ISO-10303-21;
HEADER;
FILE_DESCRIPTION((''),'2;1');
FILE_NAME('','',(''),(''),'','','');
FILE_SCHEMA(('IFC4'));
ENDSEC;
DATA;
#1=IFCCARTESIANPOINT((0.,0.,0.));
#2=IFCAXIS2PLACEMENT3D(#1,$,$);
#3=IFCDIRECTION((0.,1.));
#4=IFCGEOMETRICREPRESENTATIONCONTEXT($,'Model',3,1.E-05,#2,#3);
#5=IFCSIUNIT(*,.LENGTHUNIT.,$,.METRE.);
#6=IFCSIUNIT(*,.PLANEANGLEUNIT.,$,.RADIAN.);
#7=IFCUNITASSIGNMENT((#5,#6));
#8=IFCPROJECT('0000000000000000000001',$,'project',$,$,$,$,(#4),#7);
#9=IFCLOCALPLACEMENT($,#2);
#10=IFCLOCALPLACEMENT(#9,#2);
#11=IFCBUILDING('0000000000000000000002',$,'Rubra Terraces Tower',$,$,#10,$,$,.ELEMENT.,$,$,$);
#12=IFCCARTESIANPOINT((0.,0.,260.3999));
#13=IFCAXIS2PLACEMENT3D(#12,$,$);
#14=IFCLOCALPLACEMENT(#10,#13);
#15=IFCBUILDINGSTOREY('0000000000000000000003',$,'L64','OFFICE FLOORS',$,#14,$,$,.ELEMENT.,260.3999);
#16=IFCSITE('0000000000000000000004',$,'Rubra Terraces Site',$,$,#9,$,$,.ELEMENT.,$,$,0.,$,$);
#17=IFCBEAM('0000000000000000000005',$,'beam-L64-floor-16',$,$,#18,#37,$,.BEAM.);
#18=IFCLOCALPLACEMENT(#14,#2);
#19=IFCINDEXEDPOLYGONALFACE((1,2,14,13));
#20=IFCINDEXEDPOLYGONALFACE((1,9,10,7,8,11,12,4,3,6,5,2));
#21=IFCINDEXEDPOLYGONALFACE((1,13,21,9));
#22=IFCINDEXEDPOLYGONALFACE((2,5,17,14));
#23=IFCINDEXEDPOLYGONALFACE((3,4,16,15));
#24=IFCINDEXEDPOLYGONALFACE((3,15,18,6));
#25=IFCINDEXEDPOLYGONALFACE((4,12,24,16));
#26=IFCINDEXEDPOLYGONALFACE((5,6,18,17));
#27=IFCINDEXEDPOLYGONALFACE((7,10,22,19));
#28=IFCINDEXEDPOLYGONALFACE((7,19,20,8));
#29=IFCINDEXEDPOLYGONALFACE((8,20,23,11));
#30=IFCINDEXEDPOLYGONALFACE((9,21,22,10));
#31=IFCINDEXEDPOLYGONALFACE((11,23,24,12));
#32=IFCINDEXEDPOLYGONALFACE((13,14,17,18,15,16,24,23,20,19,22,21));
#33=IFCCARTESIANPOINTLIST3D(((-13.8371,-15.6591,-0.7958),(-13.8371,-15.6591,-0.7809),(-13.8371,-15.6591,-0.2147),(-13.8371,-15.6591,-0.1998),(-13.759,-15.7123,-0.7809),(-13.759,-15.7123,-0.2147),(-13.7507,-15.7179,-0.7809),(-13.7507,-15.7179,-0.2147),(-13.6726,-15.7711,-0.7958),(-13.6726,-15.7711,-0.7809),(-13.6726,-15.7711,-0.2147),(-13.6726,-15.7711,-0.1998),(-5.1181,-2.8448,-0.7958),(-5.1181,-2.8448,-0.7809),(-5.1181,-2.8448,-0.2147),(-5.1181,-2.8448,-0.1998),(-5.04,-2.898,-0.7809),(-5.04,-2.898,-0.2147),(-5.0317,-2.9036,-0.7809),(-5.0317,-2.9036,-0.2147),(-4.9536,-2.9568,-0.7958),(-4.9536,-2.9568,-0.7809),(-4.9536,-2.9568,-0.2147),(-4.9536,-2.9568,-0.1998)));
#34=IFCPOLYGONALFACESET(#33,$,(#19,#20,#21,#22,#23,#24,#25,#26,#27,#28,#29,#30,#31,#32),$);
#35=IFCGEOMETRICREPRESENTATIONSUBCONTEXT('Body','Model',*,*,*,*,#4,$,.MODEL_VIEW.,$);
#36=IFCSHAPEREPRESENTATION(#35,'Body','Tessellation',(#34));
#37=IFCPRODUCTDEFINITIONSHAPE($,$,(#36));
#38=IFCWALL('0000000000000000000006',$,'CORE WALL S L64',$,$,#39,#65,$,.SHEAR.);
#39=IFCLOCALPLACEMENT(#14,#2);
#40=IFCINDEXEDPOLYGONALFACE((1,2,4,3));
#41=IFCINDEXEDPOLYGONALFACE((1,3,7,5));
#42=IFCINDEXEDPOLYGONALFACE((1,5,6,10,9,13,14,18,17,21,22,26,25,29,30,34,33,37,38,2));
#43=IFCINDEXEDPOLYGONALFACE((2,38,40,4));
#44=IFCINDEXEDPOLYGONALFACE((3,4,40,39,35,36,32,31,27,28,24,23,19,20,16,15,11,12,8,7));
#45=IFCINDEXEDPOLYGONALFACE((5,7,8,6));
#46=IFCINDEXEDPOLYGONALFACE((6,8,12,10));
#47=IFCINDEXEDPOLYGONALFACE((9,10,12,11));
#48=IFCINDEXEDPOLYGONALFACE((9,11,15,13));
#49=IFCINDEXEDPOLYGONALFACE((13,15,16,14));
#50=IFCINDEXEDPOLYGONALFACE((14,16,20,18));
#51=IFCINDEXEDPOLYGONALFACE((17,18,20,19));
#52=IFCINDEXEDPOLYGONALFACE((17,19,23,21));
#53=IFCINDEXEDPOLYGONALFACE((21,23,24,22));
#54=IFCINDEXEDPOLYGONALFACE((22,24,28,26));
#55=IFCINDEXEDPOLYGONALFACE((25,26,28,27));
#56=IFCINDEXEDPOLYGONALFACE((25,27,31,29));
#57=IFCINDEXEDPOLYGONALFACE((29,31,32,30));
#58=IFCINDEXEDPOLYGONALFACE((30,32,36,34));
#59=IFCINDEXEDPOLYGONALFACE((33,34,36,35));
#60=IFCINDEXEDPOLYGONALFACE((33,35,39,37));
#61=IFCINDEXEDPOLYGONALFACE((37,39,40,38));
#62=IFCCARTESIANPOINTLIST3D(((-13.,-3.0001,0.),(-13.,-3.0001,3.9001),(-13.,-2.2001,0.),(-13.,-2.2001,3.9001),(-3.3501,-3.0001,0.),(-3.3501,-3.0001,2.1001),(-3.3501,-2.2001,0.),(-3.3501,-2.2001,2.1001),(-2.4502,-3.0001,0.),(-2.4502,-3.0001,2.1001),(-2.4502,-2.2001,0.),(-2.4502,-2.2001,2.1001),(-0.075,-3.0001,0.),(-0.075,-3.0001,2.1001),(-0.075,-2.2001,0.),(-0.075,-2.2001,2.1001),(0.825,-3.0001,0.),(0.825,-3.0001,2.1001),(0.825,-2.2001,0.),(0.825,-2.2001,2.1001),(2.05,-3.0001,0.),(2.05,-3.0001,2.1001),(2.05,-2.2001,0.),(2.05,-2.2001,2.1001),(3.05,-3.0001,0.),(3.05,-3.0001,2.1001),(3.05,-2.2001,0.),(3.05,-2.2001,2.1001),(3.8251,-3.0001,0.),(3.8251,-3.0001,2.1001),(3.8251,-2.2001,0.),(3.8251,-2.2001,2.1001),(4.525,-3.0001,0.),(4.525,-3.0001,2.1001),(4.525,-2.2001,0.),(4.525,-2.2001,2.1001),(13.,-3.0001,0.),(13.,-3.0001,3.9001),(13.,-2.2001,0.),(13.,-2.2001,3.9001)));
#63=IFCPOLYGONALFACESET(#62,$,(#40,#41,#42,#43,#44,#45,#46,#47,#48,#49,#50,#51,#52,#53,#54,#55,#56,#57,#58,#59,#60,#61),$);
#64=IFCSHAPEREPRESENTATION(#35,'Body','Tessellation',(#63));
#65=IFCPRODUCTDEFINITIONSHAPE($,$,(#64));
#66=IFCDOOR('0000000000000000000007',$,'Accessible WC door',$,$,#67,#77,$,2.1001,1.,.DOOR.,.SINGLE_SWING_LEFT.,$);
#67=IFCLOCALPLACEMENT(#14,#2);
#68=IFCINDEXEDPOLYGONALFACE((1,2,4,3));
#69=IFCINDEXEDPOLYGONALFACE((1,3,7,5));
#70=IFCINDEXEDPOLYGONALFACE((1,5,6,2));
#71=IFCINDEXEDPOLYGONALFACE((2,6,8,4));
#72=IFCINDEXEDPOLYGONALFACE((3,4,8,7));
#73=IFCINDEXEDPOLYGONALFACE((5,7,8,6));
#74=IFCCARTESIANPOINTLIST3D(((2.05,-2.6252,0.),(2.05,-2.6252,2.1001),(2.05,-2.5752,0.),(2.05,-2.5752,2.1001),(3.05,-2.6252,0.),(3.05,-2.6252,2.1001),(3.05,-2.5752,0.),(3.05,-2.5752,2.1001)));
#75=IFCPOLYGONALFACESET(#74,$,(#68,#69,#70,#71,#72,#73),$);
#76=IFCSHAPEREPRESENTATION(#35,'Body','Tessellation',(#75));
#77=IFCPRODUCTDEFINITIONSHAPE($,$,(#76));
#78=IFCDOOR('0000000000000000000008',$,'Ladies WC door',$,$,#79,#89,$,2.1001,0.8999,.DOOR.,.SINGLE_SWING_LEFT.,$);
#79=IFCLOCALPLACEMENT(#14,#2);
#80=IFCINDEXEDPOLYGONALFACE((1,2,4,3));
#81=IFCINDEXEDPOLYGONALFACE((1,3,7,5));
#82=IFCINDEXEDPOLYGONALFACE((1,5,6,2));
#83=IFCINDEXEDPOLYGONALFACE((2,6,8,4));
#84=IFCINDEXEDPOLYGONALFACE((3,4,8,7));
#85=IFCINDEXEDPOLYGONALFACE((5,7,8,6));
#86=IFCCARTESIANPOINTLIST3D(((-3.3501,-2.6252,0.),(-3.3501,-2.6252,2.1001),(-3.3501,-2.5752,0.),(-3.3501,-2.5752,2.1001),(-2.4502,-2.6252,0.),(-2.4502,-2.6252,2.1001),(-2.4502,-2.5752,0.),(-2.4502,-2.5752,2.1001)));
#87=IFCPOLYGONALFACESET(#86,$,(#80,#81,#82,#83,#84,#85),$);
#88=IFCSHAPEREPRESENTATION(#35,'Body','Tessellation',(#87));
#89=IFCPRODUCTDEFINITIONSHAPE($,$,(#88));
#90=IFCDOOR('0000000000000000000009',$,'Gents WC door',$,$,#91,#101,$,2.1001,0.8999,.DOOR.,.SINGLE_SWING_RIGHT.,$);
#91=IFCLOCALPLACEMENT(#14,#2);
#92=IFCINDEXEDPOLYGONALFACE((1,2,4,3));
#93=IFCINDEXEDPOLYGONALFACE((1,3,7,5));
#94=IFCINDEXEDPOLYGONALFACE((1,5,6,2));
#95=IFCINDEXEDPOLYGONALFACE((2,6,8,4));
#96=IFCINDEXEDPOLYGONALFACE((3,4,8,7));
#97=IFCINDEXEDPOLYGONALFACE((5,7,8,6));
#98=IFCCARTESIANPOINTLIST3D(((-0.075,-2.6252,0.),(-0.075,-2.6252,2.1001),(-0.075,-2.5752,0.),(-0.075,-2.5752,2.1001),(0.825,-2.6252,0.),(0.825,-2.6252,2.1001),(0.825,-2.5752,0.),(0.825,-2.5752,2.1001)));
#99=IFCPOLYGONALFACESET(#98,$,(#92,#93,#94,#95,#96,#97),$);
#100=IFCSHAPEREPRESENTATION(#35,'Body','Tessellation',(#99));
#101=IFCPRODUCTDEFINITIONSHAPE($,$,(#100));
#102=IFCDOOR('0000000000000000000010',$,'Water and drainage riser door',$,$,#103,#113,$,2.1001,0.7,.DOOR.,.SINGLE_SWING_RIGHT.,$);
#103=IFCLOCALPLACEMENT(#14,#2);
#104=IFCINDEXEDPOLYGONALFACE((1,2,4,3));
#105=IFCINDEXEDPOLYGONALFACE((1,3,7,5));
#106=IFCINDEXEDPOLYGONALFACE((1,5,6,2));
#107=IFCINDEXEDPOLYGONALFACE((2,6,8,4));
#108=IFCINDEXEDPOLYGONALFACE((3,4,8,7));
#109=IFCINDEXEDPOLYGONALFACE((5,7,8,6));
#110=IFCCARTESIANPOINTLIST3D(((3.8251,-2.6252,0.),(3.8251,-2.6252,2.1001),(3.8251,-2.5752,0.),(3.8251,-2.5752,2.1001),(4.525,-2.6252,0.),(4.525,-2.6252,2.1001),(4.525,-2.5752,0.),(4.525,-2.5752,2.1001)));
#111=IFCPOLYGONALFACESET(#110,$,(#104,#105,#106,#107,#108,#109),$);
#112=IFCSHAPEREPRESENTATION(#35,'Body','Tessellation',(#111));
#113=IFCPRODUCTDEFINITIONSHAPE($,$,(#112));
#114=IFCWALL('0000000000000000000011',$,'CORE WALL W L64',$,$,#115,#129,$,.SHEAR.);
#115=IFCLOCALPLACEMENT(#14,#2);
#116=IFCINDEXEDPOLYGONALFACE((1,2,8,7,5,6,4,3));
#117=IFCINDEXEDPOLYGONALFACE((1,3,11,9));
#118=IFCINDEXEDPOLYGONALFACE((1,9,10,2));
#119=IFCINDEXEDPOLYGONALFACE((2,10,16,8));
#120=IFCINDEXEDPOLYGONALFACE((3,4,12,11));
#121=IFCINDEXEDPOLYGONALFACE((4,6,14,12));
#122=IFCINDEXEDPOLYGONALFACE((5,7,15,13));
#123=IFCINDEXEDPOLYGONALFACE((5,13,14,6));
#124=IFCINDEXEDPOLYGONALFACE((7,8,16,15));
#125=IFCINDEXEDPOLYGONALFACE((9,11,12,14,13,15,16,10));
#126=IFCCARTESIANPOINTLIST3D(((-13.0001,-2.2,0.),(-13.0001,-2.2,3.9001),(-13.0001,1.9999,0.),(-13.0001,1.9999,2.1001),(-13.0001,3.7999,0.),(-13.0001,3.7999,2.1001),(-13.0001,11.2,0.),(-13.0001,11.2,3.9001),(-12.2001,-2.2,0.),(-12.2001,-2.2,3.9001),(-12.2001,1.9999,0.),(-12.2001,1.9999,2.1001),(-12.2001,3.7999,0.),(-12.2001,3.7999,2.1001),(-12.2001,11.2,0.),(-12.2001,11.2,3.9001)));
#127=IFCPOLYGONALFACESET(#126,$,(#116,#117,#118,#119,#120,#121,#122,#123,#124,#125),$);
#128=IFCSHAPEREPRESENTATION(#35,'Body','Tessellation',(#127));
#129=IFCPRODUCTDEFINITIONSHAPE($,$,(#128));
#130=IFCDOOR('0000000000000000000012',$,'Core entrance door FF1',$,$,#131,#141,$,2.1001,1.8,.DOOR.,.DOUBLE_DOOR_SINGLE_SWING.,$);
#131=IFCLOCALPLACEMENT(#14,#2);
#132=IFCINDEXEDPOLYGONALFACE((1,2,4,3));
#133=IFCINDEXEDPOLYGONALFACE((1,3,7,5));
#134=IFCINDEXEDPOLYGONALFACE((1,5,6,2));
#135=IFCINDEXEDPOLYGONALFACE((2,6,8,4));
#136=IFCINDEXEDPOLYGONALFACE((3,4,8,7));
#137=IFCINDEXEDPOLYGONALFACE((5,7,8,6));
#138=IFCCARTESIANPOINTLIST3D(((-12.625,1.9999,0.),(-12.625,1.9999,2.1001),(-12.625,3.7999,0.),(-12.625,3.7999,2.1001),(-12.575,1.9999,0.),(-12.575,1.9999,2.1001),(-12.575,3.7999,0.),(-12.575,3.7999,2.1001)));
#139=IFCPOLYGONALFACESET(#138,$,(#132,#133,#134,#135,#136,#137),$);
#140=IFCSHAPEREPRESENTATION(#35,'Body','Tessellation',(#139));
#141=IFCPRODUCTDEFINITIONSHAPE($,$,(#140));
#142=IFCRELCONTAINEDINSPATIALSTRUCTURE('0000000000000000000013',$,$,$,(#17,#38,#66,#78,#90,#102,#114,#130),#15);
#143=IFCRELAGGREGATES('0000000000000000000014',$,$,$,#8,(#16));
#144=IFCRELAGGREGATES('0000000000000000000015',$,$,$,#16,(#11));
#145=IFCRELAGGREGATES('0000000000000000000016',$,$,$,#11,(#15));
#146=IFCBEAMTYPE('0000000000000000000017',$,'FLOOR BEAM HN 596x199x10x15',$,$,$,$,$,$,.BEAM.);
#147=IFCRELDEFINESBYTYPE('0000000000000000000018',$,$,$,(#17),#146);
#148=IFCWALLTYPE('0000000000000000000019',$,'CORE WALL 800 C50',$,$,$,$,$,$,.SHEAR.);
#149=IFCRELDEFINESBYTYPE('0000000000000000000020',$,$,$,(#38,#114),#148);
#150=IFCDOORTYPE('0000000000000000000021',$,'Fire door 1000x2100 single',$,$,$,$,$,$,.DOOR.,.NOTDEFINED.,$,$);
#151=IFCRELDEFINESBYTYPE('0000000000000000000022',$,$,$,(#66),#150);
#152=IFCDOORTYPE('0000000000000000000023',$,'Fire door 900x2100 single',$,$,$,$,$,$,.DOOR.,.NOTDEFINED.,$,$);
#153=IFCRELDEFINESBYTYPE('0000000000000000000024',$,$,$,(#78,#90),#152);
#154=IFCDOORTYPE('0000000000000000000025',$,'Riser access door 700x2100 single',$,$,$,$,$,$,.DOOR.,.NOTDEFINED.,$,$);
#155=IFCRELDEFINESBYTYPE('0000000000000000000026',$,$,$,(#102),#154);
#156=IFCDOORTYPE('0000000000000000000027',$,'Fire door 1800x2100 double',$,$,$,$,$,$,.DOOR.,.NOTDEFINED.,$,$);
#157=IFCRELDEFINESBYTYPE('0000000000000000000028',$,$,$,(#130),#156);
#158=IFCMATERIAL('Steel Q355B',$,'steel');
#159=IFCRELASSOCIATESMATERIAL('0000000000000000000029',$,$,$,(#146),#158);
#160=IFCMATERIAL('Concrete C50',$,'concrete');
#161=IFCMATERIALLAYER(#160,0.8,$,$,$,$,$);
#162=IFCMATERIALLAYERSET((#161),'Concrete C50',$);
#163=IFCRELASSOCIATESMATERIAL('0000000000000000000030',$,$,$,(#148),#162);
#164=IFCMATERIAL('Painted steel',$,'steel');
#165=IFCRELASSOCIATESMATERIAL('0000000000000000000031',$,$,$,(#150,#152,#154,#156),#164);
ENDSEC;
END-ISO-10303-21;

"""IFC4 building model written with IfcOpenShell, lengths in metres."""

from ifc_helpers import new_model, si_unit, direction, frame, frame_2d, origin, origin_2d, place, context, subcontext, project, spatial, rectangle, i_section, extrude, material, layer, layer_set, material_profile, profile_set, type_object, element, fill, save


model = new_model("IFC4")

# Units and contexts
model_context = context("Model", 3, precision=1e-05, world=origin(), true_north=direction((0.0, 1.0)))
body_context = subcontext(model_context, "Body", "Model", "MODEL_VIEW")
ifc_project = project(units=[si_unit("LENGTHUNIT", "METRE"), si_unit("PLANEANGLEUNIT", "RADIAN")], contexts=[model_context])

# Site, building, storey
site_placement = place(None, origin())
site = spatial("IfcSite", under=ifc_project, at=site_placement, Name="Rubra Terraces Site", CompositionType="ELEMENT", RefElevation=0.0)
building_placement = place(site_placement, origin())
building = spatial("IfcBuilding", under=site, at=building_placement, Name="Rubra Terraces Tower", CompositionType="ELEMENT")
storey_placement = place(building_placement, frame((0.0, 0.0, 260.3999)))
storey = spatial("IfcBuildingStorey", under=building, at=storey_placement, Name="L64", Description="OFFICE FLOORS", CompositionType="ELEMENT", Elevation=260.3999)

# Beam
ifc_material_1 = material(Name="Steel Q355B", Category="steel")
ifc_material_profile = material_profile(ifc_material_1, i_section(OverallWidth=0.199, OverallDepth=0.5959, WebThickness=0.01, FlangeThickness=0.0149, at=origin_2d()), Name="HN 596x199x10x15")
ifc_profile_set = profile_set([ifc_material_profile], Name="Steel Q355B")
beam_type = type_object("IfcBeamType", Name="FLOOR BEAM HN 596x199x10x15", PredefinedType="BEAM", material=ifc_profile_set)
beam_placement = place(storey_placement, frame((-13.7549, -15.7151, -0.4978), z_axis=(0.562545, 0.826767, 0.0), x_axis=(-0.826767, 0.562545, 0.0)))
element("IfcBeam", 1, at=beam_placement, inside=storey, type_object=beam_type, Name="beam-L64-floor-16", PredefinedType="BEAM", context=body_context, shape_type="SweptSolid", body=[
    extrude(i_section(OverallWidth=0.199, OverallDepth=0.5959, WebThickness=0.01, FlangeThickness=0.0149, at=origin_2d()), origin(), (0.0, 0.0, 1.0), 15.4993),
])

# Wall, openings, doors
ifc_material_2 = material(Name="Concrete C50", Category="concrete")
ifc_layer_1 = layer(ifc_material_2, 0.8)
ifc_layer_set_1 = layer_set([ifc_layer_1], Name="Concrete C50")
wall_type_1 = type_object("IfcWallType", Name="CORE WALL 800 C50", PredefinedType="SHEAR", material=ifc_layer_set_1)
wall_1_placement = place(storey_placement, frame((-13.0, -2.6001, 0.0), z_axis=(0.0, 0.0, 1.0), x_axis=(1.0, 0.0, 0.0)))
wall_1 = element("IfcWall", 2, at=wall_1_placement, inside=storey, type_object=wall_type_1, Name="CORE WALL S L64", PredefinedType="SHEAR", context=body_context, shape_type="SweptSolid", body=[
    extrude(rectangle(XDim=26.0, YDim=0.8, at=frame_2d((13.0, 0.0))), origin(), (0.0, 0.0, 1.0), 3.9001),
])
opening_1_placement = place(wall_1_placement, frame((9.6499, 0.0, 0.0)))
opening_1 = element("IfcOpeningElement", 3, at=opening_1_placement, cuts=wall_1, PredefinedType="OPENING", context=body_context, shape_type="SweptSolid", body=[
    extrude(rectangle(XDim=0.8999, YDim=2.1001, at=frame_2d((0.45, 1.05))), frame((0.0, 0.4099, 0.0), z_axis=(0.0, -1.0, 0.0), x_axis=(1.0, 0.0, 0.0)), (0.0, 0.0, 1.0), 0.8201),
])
opening_2_placement = place(wall_1_placement, frame((12.925, 0.0, 0.0)))
opening_2 = element("IfcOpeningElement", 4, at=opening_2_placement, cuts=wall_1, PredefinedType="OPENING", context=body_context, shape_type="SweptSolid", body=[
    extrude(rectangle(XDim=0.8999, YDim=2.1001, at=frame_2d((0.45, 1.05))), frame((0.0, 0.4099, 0.0), z_axis=(0.0, -1.0, 0.0), x_axis=(1.0, 0.0, 0.0)), (0.0, 0.0, 1.0), 0.8201),
])
opening_3_placement = place(wall_1_placement, frame((15.05, 0.0, 0.0)))
opening_3 = element("IfcOpeningElement", 5, at=opening_3_placement, cuts=wall_1, PredefinedType="OPENING", context=body_context, shape_type="SweptSolid", body=[
    extrude(rectangle(XDim=1.0, YDim=2.1001, at=frame_2d((0.5, 1.05))), frame((0.0, 0.4099, 0.0), z_axis=(0.0, -1.0, 0.0), x_axis=(1.0, 0.0, 0.0)), (0.0, 0.0, 1.0), 0.8201),
])
opening_4_placement = place(wall_1_placement, frame((16.825, 0.0, 0.0)))
opening_4 = element("IfcOpeningElement", 6, at=opening_4_placement, cuts=wall_1, PredefinedType="OPENING", context=body_context, shape_type="SweptSolid", body=[
    extrude(rectangle(XDim=0.7, YDim=2.1001, at=frame_2d((0.3501, 1.05))), frame((0.0, 0.4099, 0.0), z_axis=(0.0, -1.0, 0.0), x_axis=(1.0, 0.0, 0.0)), (0.0, 0.0, 1.0), 0.8201),
])
ifc_material_3 = material(Name="Painted steel", Category="steel")
door_type_1 = type_object("IfcDoorType", Name="Fire door 1000x2100 single", OperationType="NOTDEFINED", PredefinedType="DOOR", material=ifc_material_3)
door_1_placement = place(opening_3_placement, origin())
door_1 = element("IfcDoor", 7, at=door_1_placement, inside=storey, type_object=door_type_1, Name="Accessible WC door", OperationType="SINGLE_SWING_LEFT", OverallHeight=2.1001, OverallWidth=1.0, PredefinedType="DOOR", context=body_context, shape_type="SweptSolid", body=[
    extrude(rectangle(XDim=1.0, YDim=2.1001, at=frame_2d((0.5, 1.05))), frame((0.0, 0.0249, 0.0), z_axis=(0.0, -1.0, 0.0), x_axis=(1.0, 0.0, 0.0)), (0.0, 0.0, 1.0), 0.05),
])
fill(opening_3, door_1)
door_type_2 = type_object("IfcDoorType", Name="Fire door 900x2100 single", OperationType="NOTDEFINED", PredefinedType="DOOR", material=ifc_material_3)
door_2_placement = place(opening_1_placement, origin())
door_2 = element("IfcDoor", 8, at=door_2_placement, inside=storey, type_object=door_type_2, Name="Ladies WC door", OperationType="SINGLE_SWING_LEFT", OverallHeight=2.1001, OverallWidth=0.8999, PredefinedType="DOOR", context=body_context, shape_type="SweptSolid", body=[
    extrude(rectangle(XDim=0.8999, YDim=2.1001, at=frame_2d((0.45, 1.05))), frame((0.0, 0.0249, 0.0), z_axis=(0.0, -1.0, 0.0), x_axis=(1.0, 0.0, 0.0)), (0.0, 0.0, 1.0), 0.05),
])
fill(opening_1, door_2)
door_3_placement = place(opening_2_placement, origin())
door_3 = element("IfcDoor", 9, at=door_3_placement, inside=storey, type_object=door_type_2, Name="Gents WC door", OperationType="SINGLE_SWING_RIGHT", OverallHeight=2.1001, OverallWidth=0.8999, PredefinedType="DOOR", context=body_context, shape_type="SweptSolid", body=[
    extrude(rectangle(XDim=0.8999, YDim=2.1001, at=frame_2d((0.45, 1.05))), frame((0.0, 0.0249, 0.0), z_axis=(0.0, -1.0, 0.0), x_axis=(1.0, 0.0, 0.0)), (0.0, 0.0, 1.0), 0.05),
])
fill(opening_2, door_3)
door_type_3 = type_object("IfcDoorType", Name="Riser access door 700x2100 single", OperationType="NOTDEFINED", PredefinedType="DOOR", material=ifc_material_3)
door_4_placement = place(opening_4_placement, origin())
door_4 = element("IfcDoor", 10, at=door_4_placement, inside=storey, type_object=door_type_3, Name="Water and drainage riser door", OperationType="SINGLE_SWING_RIGHT", OverallHeight=2.1001, OverallWidth=0.7, PredefinedType="DOOR", context=body_context, shape_type="SweptSolid", body=[
    extrude(rectangle(XDim=0.7, YDim=2.1001, at=frame_2d((0.3501, 1.05))), frame((0.0, 0.0249, 0.0), z_axis=(0.0, -1.0, 0.0), x_axis=(1.0, 0.0, 0.0)), (0.0, 0.0, 1.0), 0.05),
])
fill(opening_4, door_4)

# Wall, opening, door
wall_2_placement = place(storey_placement, frame((-12.6001, -2.2, 0.0), z_axis=(0.0, 0.0, 1.0), x_axis=(0.0, 1.0, 0.0)))
wall_2 = element("IfcWall", 11, at=wall_2_placement, inside=storey, type_object=wall_type_1, Name="CORE WALL W L64", PredefinedType="SHEAR", context=body_context, shape_type="SweptSolid", body=[
    extrude(rectangle(XDim=13.3999, YDim=0.8, at=frame_2d((6.7, 0.0))), origin(), (0.0, 0.0, 1.0), 3.9001),
])
opening_5_placement = place(wall_2_placement, frame((4.2, 0.0, 0.0)))
opening_5 = element("IfcOpeningElement", 12, at=opening_5_placement, cuts=wall_2, PredefinedType="OPENING", context=body_context, shape_type="SweptSolid", body=[
    extrude(rectangle(XDim=1.8, YDim=2.1001, at=frame_2d((0.8999, 1.05))), frame((0.0, 0.4099, 0.0), z_axis=(0.0, -1.0, 0.0), x_axis=(1.0, 0.0, 0.0)), (0.0, 0.0, 1.0), 0.8201),
])
door_type_4 = type_object("IfcDoorType", Name="Fire door 1800x2100 double", OperationType="NOTDEFINED", PredefinedType="DOOR", material=ifc_material_3)
door_5_placement = place(opening_5_placement, origin())
door_5 = element("IfcDoor", 13, at=door_5_placement, inside=storey, type_object=door_type_4, Name="Core entrance door FF1", OperationType="DOUBLE_DOOR_SINGLE_SWING", OverallHeight=2.1001, OverallWidth=1.8, PredefinedType="DOOR", context=body_context, shape_type="SweptSolid", body=[
    extrude(rectangle(XDim=1.8, YDim=2.1001, at=frame_2d((0.8999, 1.05))), frame((0.0, 0.0249, 0.0), z_axis=(0.0, -1.0, 0.0), x_axis=(1.0, 0.0, 0.0)), (0.0, 0.0, 1.0), 0.05),
])
fill(opening_5, door_5)

save(model, "model.ifc")
